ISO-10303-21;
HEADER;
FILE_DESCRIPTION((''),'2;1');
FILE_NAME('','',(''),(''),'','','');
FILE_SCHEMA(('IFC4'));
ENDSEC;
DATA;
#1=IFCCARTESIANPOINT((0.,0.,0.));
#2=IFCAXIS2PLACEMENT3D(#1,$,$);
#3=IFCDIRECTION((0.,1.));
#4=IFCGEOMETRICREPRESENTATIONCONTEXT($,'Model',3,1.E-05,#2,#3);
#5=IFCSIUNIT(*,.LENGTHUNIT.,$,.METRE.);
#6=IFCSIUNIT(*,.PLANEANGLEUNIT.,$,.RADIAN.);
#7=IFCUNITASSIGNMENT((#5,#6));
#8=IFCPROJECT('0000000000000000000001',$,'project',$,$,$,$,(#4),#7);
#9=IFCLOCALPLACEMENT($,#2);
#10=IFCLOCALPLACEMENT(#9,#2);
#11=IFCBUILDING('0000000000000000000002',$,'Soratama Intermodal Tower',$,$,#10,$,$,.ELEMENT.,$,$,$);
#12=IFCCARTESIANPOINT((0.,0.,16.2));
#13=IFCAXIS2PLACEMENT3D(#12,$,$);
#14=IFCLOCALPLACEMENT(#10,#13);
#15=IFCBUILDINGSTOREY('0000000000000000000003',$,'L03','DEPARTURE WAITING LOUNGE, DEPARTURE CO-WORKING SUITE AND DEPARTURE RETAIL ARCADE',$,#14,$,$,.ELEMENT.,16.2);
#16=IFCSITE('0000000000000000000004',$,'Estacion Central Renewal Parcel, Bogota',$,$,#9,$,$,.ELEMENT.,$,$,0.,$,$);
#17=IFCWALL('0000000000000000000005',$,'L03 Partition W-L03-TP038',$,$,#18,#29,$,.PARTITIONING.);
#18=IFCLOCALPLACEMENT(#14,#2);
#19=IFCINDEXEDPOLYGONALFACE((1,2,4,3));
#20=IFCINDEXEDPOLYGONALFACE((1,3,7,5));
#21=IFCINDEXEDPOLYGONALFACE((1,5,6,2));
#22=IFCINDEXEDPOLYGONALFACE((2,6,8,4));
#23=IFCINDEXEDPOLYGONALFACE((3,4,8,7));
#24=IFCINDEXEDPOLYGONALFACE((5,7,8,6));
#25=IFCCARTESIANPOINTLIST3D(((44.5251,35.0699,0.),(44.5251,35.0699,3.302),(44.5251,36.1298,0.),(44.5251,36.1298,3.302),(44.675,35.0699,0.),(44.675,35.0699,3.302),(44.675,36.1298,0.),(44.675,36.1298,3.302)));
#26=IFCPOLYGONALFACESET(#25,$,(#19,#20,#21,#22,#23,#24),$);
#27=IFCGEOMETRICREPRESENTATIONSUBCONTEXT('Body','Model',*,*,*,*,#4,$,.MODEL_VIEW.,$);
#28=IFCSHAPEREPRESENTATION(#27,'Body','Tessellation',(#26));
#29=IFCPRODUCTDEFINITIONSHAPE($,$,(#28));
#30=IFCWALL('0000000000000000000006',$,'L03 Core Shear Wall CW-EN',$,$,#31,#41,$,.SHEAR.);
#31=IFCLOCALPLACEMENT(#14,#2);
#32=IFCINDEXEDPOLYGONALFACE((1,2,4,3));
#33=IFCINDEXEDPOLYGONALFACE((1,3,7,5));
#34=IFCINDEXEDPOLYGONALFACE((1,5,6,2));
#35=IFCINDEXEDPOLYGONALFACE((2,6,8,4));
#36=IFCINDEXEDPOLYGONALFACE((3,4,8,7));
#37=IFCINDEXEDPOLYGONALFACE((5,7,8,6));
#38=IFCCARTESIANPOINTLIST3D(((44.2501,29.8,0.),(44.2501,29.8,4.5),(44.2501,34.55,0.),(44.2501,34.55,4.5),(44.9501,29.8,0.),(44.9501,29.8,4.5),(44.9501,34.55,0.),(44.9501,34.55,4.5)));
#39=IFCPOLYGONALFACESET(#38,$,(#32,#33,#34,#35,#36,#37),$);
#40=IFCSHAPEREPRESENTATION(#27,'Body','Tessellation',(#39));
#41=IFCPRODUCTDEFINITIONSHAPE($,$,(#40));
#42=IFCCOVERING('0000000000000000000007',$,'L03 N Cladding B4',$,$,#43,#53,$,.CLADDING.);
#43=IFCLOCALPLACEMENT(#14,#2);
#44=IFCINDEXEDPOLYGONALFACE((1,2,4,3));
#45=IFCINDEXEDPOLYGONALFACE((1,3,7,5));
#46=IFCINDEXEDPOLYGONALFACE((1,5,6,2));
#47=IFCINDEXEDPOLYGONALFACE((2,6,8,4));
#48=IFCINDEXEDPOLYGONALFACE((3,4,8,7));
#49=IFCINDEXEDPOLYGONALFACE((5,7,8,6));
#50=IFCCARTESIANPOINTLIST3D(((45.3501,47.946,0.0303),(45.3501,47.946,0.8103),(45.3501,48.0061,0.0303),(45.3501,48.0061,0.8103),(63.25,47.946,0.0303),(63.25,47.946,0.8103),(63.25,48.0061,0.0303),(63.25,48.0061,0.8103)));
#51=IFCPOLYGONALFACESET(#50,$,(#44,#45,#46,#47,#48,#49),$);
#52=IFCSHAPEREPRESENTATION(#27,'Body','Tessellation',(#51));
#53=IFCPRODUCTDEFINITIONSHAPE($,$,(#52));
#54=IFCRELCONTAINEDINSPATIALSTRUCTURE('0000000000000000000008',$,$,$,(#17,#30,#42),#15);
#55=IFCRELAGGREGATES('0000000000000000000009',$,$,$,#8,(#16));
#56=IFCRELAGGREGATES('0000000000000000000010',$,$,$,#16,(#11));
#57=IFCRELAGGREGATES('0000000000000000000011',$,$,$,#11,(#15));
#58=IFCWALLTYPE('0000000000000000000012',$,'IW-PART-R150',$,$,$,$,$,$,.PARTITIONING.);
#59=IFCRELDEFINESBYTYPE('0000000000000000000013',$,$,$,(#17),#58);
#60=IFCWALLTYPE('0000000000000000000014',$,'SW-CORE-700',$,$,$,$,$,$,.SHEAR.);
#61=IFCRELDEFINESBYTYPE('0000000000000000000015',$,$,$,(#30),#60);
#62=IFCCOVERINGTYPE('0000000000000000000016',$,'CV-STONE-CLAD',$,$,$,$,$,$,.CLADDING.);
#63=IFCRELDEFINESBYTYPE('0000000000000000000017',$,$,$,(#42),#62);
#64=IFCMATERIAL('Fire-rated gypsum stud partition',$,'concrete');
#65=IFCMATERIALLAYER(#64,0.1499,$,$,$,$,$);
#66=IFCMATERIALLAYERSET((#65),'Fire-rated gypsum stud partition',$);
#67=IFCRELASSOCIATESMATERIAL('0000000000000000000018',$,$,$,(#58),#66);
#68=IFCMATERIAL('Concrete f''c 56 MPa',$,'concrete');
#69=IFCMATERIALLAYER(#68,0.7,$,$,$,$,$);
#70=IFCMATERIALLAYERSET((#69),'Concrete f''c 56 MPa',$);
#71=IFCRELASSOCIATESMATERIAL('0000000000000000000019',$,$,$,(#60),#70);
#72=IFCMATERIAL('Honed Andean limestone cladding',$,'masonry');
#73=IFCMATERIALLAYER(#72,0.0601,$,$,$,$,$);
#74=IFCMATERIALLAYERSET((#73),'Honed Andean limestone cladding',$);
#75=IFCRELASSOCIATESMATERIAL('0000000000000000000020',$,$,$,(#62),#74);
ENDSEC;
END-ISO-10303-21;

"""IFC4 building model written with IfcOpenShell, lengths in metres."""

from ifc_helpers import new_model, si_unit, direction, frame, frame_2d, origin, origin_2d, place, context, subcontext, project, spatial, rectangle, extrude, material, layer, layer_set, type_object, element, save


model = new_model("IFC4")

# Units and contexts
model_context = context("Model", 3, precision=1e-05, world=origin(), true_north=direction((0.0, 1.0)))
body_context = subcontext(model_context, "Body", "Model", "MODEL_VIEW")
ifc_project = project(units=[si_unit("LENGTHUNIT", "METRE"), si_unit("PLANEANGLEUNIT", "RADIAN")], contexts=[model_context])

# Site, building, storey
site_placement = place(None, origin())
site = spatial("IfcSite", under=ifc_project, at=site_placement, Name="Estacion Central Renewal Parcel, Bogota", CompositionType="ELEMENT", RefElevation=0.0)
building_placement = place(site_placement, origin())
building = spatial("IfcBuilding", under=site, at=building_placement, Name="Soratama Intermodal Tower", CompositionType="ELEMENT")
storey_placement = place(building_placement, frame((0.0, 0.0, 16.2)))
storey = spatial("IfcBuildingStorey", under=building, at=storey_placement, Name="L03", Description="DEPARTURE WAITING LOUNGE, DEPARTURE CO-WORKING SUITE AND DEPARTURE RETAIL ARCADE", CompositionType="ELEMENT", Elevation=16.2)

# Shared definitions
ifc_material_1 = material(Name="Fire-rated gypsum stud partition", Category="concrete")
ifc_layer_1 = layer(ifc_material_1, 0.1499)
ifc_layer_set_1 = layer_set([ifc_layer_1], Name="Fire-rated gypsum stud partition")
wall_type_1 = type_object("IfcWallType", Name="IW-PART-R150", PredefinedType="PARTITIONING", material=ifc_layer_set_1)

# Walls
wall_1_placement = place(storey_placement, frame((44.6001, 35.0701, 0.0), z_axis=(0.0, 0.0, 1.0), x_axis=(0.0, 1.0, 0.0)))
element("IfcWall", 1, at=wall_1_placement, inside=storey, type_object=wall_type_1, Name="L03 Partition W-L03-TP038", PredefinedType="PARTITIONING", context=body_context, shape_type="SweptSolid", body=[
    extrude(rectangle(XDim=1.0598, YDim=0.1499, at=frame_2d((0.5298, 0.0))), origin(), (0.0, 0.0, 1.0), 3.302),
])
ifc_material_2 = material(Name="Concrete f'c 56 MPa", Category="concrete")
ifc_layer_2 = layer(ifc_material_2, 0.7)
ifc_layer_set_2 = layer_set([ifc_layer_2], Name="Concrete f'c 56 MPa")
wall_type_2 = type_object("IfcWallType", Name="SW-CORE-700", PredefinedType="SHEAR", material=ifc_layer_set_2)
wall_2_placement = place(storey_placement, frame((44.6001, 29.8, 0.0), z_axis=(0.0, 0.0, 1.0), x_axis=(0.0, 1.0, 0.0)))
element("IfcWall", 2, at=wall_2_placement, inside=storey, type_object=wall_type_2, Name="L03 Core Shear Wall CW-EN", PredefinedType="SHEAR", context=body_context, shape_type="SweptSolid", body=[
    extrude(rectangle(XDim=4.75, YDim=0.7, at=frame_2d((2.375, 0.0))), origin(), (0.0, 0.0, 1.0), 4.5),
])

# Covering
ifc_material_3 = material(Name="Honed Andean limestone cladding", Category="masonry")
ifc_layer_3 = layer(ifc_material_3, 0.0601)
ifc_layer_set_3 = layer_set([ifc_layer_3], Name="Honed Andean limestone cladding")
covering_type = type_object("IfcCoveringType", Name="CV-STONE-CLAD", PredefinedType="CLADDING", material=ifc_layer_set_3)
covering_placement = place(storey_placement, frame((54.3, 47.9761, 0.0303), z_axis=(0.0, 0.0, 1.0), x_axis=(1.0, 0.0, 0.0)))
element("IfcCovering", 3, at=covering_placement, inside=storey, type_object=covering_type, Name="L03 N Cladding B4", PredefinedType="CLADDING", context=body_context, shape_type="SweptSolid", body=[
    extrude(rectangle(XDim=17.8999, YDim=0.0601, at=origin_2d()), origin(), (0.0, 0.0, 1.0), 0.78),
])

save(model, "model.ifc")
